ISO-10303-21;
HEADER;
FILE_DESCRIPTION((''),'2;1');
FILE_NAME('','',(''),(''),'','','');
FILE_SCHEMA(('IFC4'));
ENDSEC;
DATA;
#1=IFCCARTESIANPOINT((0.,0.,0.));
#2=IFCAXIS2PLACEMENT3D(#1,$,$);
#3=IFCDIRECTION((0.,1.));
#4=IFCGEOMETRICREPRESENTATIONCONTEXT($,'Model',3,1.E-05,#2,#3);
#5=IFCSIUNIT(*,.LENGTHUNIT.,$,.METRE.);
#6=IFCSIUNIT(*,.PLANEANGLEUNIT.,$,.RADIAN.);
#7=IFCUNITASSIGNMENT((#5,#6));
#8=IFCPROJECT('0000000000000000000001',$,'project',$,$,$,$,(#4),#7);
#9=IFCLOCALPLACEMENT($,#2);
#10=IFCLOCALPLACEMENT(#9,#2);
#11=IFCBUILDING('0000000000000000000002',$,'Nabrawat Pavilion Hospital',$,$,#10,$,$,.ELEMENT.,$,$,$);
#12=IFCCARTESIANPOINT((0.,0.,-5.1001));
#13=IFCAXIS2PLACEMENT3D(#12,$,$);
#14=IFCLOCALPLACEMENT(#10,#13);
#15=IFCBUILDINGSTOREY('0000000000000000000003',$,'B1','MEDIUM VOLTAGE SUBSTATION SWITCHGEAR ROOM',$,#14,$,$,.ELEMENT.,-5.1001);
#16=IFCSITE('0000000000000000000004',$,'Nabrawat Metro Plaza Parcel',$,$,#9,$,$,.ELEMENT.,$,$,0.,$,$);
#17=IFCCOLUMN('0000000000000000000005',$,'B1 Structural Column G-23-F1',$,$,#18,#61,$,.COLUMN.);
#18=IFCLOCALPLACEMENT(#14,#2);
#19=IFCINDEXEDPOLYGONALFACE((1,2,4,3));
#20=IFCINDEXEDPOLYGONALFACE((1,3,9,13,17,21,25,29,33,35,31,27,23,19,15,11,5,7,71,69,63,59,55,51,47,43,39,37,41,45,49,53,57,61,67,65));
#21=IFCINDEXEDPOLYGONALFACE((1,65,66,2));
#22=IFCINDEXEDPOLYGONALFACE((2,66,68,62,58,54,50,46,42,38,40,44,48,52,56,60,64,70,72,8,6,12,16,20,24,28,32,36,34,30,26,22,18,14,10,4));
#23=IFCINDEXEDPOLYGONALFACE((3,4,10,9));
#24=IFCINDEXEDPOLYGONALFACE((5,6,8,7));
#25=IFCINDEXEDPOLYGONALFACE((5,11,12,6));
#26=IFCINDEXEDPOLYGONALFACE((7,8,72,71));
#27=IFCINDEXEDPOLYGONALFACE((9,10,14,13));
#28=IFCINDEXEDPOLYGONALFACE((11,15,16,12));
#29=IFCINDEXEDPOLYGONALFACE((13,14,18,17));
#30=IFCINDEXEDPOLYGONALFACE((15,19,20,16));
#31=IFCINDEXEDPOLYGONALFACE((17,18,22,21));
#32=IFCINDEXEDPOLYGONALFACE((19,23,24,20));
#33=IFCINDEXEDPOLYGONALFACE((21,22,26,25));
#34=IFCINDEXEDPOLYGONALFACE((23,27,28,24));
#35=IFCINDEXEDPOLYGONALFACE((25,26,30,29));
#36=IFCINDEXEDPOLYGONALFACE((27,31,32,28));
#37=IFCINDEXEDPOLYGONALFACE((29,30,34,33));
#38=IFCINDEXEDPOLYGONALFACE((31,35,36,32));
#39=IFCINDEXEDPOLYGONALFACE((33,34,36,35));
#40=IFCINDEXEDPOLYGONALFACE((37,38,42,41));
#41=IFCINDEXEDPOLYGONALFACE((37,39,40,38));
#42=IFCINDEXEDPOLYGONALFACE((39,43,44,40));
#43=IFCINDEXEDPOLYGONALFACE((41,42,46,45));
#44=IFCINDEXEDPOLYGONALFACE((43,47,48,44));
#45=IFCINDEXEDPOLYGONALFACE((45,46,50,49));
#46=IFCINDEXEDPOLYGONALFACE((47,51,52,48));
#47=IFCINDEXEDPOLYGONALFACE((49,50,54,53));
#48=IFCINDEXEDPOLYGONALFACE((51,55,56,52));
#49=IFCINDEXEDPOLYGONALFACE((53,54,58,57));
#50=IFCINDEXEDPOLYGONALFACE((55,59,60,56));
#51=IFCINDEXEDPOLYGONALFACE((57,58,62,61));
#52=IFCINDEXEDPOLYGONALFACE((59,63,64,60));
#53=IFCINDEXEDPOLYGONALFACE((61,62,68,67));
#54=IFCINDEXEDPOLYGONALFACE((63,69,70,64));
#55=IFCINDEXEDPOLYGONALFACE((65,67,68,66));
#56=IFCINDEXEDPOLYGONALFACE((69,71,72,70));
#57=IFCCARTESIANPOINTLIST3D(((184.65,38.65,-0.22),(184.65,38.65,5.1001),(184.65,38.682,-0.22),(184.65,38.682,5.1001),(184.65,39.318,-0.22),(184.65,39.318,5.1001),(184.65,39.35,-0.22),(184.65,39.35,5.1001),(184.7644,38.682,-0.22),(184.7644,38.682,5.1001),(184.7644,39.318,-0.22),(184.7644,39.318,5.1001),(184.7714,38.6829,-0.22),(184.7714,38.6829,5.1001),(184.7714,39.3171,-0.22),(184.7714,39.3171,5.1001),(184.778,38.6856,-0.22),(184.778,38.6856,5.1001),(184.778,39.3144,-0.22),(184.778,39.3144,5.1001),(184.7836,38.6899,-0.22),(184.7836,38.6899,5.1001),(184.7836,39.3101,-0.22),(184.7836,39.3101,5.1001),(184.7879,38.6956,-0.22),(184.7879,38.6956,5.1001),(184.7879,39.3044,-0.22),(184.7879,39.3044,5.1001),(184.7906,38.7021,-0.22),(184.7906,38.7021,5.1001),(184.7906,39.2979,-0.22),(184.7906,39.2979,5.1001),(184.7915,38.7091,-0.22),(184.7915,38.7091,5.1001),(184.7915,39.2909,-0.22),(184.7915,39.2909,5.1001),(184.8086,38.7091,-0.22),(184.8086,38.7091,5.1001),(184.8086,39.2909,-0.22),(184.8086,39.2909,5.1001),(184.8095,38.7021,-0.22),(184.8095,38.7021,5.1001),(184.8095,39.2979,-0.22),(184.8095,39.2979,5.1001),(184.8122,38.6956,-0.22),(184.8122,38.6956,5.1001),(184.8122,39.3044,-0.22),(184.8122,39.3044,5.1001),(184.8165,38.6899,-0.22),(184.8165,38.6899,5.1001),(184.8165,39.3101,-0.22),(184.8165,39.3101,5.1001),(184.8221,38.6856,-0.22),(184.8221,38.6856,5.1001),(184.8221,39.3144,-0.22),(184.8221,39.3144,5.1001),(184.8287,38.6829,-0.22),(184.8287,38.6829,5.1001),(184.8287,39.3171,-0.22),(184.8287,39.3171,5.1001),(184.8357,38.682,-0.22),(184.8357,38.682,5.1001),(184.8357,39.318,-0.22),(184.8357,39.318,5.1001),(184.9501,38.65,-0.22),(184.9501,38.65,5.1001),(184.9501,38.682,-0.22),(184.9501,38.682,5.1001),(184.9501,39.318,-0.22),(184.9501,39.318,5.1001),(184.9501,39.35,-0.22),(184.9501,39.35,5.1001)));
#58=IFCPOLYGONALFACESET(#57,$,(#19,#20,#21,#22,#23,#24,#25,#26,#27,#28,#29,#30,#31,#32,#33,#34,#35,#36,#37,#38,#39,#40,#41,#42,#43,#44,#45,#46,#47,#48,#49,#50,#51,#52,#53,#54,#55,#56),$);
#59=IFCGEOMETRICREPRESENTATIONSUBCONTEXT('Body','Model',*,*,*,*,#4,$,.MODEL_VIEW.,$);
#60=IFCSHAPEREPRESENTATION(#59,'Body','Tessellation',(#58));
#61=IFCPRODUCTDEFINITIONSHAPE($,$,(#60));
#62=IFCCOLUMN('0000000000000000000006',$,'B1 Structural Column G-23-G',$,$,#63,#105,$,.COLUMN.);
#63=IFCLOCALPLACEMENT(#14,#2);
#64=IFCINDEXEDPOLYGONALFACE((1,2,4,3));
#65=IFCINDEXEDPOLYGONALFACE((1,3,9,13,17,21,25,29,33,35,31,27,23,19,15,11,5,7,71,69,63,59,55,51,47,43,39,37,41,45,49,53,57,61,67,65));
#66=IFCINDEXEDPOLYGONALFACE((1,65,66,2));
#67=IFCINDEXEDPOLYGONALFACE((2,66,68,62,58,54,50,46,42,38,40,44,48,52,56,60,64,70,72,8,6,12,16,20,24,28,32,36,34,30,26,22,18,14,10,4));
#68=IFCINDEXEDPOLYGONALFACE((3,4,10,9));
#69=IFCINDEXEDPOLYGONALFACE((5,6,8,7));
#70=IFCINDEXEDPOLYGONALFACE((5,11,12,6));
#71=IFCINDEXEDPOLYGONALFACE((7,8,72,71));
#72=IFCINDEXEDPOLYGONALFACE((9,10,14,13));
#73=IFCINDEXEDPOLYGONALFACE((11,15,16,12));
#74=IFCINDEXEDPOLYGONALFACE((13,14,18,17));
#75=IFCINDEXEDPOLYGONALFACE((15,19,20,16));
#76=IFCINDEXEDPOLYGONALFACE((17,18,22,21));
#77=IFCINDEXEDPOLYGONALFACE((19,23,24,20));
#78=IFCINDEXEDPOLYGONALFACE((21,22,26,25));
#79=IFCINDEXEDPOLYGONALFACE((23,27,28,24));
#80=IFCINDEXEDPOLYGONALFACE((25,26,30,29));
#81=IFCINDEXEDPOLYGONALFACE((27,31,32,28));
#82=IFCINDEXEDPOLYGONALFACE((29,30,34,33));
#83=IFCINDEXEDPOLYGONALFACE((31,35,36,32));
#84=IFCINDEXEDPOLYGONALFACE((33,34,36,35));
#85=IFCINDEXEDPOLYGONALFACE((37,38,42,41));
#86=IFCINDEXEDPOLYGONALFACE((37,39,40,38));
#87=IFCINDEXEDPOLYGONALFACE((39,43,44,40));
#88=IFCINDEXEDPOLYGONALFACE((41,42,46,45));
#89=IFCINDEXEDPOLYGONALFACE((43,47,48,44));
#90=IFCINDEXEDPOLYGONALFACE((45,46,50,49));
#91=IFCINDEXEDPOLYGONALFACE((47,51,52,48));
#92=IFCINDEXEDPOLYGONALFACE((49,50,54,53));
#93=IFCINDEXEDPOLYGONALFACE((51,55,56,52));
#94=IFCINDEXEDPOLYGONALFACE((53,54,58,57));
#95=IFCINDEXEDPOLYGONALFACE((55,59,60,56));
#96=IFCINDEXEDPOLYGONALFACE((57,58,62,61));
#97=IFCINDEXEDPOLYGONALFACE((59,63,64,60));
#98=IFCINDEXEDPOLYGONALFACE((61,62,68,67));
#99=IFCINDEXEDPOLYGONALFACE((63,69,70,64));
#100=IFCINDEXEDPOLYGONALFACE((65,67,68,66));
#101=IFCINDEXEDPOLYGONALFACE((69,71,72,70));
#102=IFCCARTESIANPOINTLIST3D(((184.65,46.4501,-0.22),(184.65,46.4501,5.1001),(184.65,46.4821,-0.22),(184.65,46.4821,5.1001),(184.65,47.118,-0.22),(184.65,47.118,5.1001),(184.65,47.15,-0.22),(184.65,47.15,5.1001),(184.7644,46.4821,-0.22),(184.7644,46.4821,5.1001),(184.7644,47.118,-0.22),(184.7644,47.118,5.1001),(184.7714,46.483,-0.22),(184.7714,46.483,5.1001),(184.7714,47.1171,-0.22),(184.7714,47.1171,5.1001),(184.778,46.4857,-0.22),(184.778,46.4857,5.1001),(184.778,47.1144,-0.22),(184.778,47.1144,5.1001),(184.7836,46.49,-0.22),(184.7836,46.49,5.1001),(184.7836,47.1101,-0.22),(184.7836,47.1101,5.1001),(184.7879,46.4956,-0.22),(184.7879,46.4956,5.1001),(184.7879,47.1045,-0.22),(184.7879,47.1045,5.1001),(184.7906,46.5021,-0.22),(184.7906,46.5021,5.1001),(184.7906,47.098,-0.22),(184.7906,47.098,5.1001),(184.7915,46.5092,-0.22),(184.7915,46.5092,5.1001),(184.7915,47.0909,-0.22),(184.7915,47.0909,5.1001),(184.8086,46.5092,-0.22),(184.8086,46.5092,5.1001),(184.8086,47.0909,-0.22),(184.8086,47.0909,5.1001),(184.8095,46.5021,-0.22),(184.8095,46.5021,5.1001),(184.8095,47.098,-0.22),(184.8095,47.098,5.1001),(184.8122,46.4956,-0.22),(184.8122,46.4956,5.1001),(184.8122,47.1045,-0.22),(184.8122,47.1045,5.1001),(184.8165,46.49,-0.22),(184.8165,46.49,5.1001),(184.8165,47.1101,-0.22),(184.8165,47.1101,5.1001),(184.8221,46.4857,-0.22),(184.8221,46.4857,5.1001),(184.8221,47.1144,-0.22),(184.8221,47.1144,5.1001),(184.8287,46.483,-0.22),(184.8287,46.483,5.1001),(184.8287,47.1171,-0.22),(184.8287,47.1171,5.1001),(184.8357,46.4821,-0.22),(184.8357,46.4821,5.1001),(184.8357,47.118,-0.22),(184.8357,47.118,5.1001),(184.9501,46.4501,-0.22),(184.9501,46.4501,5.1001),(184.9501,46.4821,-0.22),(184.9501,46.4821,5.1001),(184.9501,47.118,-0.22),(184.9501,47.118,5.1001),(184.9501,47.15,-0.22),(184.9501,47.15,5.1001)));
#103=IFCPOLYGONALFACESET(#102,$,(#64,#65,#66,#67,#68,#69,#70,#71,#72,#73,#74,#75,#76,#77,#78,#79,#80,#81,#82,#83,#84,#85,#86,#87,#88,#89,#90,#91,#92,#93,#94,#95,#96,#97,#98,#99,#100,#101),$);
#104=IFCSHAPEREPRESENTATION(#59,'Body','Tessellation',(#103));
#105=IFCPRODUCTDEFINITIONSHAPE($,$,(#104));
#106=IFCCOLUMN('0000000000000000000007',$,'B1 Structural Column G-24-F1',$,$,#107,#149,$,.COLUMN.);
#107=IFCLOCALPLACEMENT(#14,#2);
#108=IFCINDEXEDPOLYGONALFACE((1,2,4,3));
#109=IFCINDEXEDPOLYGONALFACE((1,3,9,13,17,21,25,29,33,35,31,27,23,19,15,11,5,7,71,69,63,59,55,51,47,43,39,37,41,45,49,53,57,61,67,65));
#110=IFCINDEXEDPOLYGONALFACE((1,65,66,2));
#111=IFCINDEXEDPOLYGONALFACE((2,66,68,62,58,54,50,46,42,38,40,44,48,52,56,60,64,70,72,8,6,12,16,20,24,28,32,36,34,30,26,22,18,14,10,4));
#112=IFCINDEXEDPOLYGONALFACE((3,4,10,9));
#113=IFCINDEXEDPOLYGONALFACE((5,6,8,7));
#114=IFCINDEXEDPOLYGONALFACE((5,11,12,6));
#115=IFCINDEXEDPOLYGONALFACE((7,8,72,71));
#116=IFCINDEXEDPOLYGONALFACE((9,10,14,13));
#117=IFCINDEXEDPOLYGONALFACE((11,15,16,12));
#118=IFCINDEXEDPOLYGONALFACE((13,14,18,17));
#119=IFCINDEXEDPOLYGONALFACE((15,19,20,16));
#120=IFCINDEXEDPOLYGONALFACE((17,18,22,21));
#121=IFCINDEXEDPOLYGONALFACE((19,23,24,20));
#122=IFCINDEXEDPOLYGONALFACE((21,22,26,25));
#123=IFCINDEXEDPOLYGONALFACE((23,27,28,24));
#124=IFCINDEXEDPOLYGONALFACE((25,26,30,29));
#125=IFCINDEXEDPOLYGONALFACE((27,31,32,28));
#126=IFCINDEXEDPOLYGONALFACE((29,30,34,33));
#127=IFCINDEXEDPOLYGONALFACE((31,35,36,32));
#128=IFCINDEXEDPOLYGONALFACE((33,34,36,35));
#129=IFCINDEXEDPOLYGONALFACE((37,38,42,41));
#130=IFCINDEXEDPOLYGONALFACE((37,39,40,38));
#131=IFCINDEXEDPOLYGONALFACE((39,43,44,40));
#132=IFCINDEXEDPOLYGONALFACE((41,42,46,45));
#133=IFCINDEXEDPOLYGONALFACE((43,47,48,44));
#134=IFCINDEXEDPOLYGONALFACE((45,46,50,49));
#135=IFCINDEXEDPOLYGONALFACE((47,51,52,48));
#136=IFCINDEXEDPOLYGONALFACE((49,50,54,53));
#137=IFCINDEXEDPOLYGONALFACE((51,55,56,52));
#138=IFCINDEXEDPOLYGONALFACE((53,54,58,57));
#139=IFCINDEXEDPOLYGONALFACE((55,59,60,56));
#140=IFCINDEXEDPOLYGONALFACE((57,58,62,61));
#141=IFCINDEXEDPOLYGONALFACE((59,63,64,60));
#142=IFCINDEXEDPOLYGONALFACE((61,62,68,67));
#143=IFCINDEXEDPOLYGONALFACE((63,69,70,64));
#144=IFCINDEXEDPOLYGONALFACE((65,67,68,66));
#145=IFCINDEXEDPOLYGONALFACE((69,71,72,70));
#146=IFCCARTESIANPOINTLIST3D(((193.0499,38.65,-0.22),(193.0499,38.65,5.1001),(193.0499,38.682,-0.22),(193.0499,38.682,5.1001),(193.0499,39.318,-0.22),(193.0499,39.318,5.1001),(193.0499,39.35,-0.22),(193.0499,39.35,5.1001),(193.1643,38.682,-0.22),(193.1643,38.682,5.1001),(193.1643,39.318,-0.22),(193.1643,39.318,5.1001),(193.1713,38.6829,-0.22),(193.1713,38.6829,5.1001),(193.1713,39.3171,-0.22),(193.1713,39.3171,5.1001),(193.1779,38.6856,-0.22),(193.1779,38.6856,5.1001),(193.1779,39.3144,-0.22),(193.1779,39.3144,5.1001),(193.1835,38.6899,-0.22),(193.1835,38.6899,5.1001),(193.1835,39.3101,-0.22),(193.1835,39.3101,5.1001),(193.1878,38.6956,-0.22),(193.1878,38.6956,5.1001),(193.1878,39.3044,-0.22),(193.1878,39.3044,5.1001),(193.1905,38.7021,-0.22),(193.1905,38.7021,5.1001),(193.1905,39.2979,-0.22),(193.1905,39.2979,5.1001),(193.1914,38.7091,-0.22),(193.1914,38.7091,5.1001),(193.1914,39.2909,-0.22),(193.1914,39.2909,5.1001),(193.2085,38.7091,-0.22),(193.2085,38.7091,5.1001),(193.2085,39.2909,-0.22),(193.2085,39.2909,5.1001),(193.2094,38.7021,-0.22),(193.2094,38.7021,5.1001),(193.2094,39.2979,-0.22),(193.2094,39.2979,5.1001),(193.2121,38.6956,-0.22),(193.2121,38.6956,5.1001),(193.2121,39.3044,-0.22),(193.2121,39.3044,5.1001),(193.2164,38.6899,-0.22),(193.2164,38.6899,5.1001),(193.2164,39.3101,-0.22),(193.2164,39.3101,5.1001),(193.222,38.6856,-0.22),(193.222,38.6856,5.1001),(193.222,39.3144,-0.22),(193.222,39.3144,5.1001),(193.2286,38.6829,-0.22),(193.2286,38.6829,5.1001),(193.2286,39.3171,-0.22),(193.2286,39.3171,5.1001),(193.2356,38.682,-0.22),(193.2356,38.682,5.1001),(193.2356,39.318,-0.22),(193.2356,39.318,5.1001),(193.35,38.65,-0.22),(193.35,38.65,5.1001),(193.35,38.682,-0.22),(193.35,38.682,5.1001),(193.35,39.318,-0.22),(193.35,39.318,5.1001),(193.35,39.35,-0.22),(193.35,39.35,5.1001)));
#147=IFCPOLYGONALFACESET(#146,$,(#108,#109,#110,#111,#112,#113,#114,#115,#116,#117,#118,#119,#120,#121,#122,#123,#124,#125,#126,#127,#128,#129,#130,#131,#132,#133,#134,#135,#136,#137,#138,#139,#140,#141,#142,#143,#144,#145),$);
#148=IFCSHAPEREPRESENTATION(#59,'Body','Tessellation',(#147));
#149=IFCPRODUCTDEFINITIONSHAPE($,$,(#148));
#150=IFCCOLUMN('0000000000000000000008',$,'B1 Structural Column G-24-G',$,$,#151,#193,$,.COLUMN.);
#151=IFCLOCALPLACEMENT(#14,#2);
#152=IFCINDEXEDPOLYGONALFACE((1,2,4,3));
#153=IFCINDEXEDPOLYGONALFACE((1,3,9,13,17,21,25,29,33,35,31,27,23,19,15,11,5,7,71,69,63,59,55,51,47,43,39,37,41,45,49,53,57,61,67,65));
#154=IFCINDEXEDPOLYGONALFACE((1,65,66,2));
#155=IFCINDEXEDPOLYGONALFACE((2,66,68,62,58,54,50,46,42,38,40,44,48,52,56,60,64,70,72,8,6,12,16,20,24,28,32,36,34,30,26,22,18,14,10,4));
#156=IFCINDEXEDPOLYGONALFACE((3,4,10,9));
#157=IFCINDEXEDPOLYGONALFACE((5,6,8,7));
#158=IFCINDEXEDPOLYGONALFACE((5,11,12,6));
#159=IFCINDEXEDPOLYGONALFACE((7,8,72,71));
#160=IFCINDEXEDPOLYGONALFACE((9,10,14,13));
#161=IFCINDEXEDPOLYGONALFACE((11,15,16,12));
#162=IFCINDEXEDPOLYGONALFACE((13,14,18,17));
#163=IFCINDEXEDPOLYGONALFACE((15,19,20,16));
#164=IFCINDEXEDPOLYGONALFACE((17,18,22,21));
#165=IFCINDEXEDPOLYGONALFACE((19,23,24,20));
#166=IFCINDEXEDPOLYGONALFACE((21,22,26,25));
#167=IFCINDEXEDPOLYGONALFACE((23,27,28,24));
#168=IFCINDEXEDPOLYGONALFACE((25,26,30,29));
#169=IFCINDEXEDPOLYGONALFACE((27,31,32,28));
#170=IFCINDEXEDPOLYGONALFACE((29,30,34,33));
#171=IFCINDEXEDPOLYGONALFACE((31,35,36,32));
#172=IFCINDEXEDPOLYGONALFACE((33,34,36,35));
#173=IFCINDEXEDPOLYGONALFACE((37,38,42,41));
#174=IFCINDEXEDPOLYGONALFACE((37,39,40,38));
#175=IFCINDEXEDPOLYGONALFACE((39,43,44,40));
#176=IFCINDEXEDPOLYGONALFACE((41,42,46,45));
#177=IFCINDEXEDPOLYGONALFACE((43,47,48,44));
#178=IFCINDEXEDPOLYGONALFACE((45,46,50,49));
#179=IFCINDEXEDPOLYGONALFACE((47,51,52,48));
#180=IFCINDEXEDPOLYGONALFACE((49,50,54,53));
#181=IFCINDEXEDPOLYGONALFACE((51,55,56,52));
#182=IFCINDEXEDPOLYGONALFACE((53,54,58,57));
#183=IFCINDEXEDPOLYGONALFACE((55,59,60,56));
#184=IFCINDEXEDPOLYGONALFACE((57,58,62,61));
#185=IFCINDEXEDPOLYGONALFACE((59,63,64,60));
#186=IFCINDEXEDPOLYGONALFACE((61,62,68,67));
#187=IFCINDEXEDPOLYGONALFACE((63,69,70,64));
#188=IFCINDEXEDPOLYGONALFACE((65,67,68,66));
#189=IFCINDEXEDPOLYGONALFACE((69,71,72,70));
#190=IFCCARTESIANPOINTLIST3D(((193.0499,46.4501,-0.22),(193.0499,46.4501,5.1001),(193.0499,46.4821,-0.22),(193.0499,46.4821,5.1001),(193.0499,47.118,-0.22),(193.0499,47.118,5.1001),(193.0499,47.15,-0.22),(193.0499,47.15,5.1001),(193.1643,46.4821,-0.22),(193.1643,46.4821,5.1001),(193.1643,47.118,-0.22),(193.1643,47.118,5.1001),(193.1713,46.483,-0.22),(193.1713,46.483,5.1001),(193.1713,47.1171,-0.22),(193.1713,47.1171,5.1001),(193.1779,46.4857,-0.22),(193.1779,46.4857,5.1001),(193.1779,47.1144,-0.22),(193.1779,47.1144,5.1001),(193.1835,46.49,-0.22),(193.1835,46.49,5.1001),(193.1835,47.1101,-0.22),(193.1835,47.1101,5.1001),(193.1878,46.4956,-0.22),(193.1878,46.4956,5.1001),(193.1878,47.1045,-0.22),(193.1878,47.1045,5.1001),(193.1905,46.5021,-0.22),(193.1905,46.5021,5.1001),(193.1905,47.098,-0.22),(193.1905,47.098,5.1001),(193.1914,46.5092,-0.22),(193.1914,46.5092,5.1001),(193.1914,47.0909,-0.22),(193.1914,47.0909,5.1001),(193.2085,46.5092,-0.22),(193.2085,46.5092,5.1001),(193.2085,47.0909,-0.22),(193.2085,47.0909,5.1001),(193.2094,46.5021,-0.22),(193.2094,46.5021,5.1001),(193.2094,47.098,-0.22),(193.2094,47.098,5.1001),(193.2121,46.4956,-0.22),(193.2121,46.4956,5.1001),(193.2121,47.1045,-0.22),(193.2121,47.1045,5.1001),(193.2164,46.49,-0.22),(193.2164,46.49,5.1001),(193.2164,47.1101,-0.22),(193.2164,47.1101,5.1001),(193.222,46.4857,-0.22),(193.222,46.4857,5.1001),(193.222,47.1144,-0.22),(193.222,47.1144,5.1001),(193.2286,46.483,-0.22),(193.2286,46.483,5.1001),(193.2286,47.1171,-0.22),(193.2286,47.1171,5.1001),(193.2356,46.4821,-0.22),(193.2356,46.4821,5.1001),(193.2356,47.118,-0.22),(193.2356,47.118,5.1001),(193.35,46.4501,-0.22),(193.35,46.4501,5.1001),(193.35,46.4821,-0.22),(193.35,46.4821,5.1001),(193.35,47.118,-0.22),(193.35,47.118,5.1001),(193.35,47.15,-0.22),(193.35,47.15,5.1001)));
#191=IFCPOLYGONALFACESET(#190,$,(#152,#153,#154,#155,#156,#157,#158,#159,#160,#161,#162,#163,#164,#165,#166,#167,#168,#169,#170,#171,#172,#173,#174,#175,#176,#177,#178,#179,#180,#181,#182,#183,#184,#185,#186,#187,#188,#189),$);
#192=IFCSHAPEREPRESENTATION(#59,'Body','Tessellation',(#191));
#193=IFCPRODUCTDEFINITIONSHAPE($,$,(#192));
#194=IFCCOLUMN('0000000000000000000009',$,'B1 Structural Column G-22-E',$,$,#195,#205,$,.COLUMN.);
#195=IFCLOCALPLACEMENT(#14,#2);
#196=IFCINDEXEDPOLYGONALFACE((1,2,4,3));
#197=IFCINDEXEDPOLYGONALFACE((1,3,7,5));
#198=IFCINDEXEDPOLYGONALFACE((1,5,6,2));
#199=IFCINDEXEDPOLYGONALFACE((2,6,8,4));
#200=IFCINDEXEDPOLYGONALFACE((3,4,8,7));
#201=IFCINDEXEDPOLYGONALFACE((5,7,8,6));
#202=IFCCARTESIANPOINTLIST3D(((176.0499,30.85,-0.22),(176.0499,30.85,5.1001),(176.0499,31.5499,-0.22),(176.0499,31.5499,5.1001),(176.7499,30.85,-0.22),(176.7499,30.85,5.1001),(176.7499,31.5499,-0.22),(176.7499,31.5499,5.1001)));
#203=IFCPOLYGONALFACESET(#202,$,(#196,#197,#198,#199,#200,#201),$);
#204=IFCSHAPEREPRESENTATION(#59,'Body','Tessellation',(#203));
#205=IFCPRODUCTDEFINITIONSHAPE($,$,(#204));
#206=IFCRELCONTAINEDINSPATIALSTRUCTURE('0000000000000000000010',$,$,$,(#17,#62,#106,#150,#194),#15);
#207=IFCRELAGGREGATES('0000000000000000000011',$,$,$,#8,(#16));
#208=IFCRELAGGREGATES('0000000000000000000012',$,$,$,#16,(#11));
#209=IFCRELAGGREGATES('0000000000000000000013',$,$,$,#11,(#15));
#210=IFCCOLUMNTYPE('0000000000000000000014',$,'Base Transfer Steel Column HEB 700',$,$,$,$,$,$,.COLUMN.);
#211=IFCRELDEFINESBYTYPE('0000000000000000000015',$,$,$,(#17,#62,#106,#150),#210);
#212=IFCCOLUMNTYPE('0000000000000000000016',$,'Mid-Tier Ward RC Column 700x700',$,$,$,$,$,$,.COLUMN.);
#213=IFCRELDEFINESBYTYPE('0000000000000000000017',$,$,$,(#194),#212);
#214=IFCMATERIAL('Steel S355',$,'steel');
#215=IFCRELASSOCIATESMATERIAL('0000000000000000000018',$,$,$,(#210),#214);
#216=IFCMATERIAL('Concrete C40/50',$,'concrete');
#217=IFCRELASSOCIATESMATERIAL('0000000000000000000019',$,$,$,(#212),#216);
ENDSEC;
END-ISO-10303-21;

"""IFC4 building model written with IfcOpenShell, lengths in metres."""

from ifc_helpers import new_model, si_unit, direction, frame, origin, origin_2d, place, context, subcontext, project, spatial, rectangle, i_section, extrude, material, material_profile, profile_set, type_object, element, save


model = new_model("IFC4")

# Units and contexts
model_context = context("Model", 3, precision=1e-05, world=origin(), true_north=direction((0.0, 1.0)))
body_context = subcontext(model_context, "Body", "Model", "MODEL_VIEW")
ifc_project = project(units=[si_unit("LENGTHUNIT", "METRE"), si_unit("PLANEANGLEUNIT", "RADIAN")], contexts=[model_context])

# Site, building, storey
site_placement = place(None, origin())
site = spatial("IfcSite", under=ifc_project, at=site_placement, Name="Nabrawat Metro Plaza Parcel", CompositionType="ELEMENT", RefElevation=0.0)
building_placement = place(site_placement, origin())
building = spatial("IfcBuilding", under=site, at=building_placement, Name="Nabrawat Pavilion Hospital", CompositionType="ELEMENT")
storey_placement = place(building_placement, frame((0.0, 0.0, -5.1001)))
storey = spatial("IfcBuildingStorey", under=building, at=storey_placement, Name="B1", Description="MEDIUM VOLTAGE SUBSTATION SWITCHGEAR ROOM", CompositionType="ELEMENT", Elevation=-5.1001)

# Columns
ifc_material_1 = material(Name="Steel S355", Category="steel")
ifc_material_profile_1 = material_profile(ifc_material_1, i_section(OverallWidth=0.3, OverallDepth=0.7, WebThickness=0.0171, FlangeThickness=0.032, FilletRadius=0.0271, at=origin_2d()), Name="HEB 700")
ifc_profile_set_1 = profile_set([ifc_material_profile_1], Name="Steel S355")
column_type_1 = type_object("IfcColumnType", Name="Base Transfer Steel Column HEB 700", PredefinedType="COLUMN", material=ifc_profile_set_1)
for number, where, z_axis, x_axis, name in (
    (1, (184.8, 39.0, -0.22), (0.0, 0.0, 1.0), (1.0, 0.0, 0.0), "B1 Structural Column G-23-F1"),
    (2, (184.8, 46.8, -0.22), (0.0, 0.0, 1.0), (1.0, 0.0, 0.0), "B1 Structural Column G-23-G"),
    (3, (193.2, 39.0, -0.22), (0.0, 0.0, 1.0), (1.0, 0.0, 0.0), "B1 Structural Column G-24-F1"),
    (4, (193.2, 46.8, -0.22), (0.0, 0.0, 1.0), (1.0, 0.0, 0.0), "B1 Structural Column G-24-G"),
):
    element("IfcColumn", number, at=place(storey_placement, frame(where, z_axis=z_axis, x_axis=x_axis)), inside=storey, type_object=column_type_1, Name=name, PredefinedType="COLUMN", context=body_context, shape_type="SweptSolid", body=[
        extrude(i_section(OverallWidth=0.3, OverallDepth=0.7, WebThickness=0.0171, FlangeThickness=0.032, FilletRadius=0.0271, at=origin_2d()), origin(), (0.0, 0.0, 1.0), 5.3201),
    ])
ifc_material_2 = material(Name="Concrete C40/50", Category="concrete")
ifc_material_profile_2 = material_profile(ifc_material_2, rectangle(XDim=0.7, YDim=0.7, at=origin_2d()), Name="RC 700x700")
ifc_profile_set_2 = profile_set([ifc_material_profile_2], Name="Concrete C40/50")
column_type_2 = type_object("IfcColumnType", Name="Mid-Tier Ward RC Column 700x700", PredefinedType="COLUMN", material=ifc_profile_set_2)
for number, where, z_axis, x_axis, name in (
    (5, (176.3999, 31.2, -0.22), (0.0, 0.0, 1.0), (1.0, 0.0, 0.0), "B1 Structural Column G-22-E"),
):
    element("IfcColumn", number, at=place(storey_placement, frame(where, z_axis=z_axis, x_axis=x_axis)), inside=storey, type_object=column_type_2, Name=name, PredefinedType="COLUMN", context=body_context, shape_type="SweptSolid", body=[
        extrude(rectangle(XDim=0.7, YDim=0.7, at=origin_2d()), origin(), (0.0, 0.0, 1.0), 5.3201),
    ])

save(model, "model.ifc")
